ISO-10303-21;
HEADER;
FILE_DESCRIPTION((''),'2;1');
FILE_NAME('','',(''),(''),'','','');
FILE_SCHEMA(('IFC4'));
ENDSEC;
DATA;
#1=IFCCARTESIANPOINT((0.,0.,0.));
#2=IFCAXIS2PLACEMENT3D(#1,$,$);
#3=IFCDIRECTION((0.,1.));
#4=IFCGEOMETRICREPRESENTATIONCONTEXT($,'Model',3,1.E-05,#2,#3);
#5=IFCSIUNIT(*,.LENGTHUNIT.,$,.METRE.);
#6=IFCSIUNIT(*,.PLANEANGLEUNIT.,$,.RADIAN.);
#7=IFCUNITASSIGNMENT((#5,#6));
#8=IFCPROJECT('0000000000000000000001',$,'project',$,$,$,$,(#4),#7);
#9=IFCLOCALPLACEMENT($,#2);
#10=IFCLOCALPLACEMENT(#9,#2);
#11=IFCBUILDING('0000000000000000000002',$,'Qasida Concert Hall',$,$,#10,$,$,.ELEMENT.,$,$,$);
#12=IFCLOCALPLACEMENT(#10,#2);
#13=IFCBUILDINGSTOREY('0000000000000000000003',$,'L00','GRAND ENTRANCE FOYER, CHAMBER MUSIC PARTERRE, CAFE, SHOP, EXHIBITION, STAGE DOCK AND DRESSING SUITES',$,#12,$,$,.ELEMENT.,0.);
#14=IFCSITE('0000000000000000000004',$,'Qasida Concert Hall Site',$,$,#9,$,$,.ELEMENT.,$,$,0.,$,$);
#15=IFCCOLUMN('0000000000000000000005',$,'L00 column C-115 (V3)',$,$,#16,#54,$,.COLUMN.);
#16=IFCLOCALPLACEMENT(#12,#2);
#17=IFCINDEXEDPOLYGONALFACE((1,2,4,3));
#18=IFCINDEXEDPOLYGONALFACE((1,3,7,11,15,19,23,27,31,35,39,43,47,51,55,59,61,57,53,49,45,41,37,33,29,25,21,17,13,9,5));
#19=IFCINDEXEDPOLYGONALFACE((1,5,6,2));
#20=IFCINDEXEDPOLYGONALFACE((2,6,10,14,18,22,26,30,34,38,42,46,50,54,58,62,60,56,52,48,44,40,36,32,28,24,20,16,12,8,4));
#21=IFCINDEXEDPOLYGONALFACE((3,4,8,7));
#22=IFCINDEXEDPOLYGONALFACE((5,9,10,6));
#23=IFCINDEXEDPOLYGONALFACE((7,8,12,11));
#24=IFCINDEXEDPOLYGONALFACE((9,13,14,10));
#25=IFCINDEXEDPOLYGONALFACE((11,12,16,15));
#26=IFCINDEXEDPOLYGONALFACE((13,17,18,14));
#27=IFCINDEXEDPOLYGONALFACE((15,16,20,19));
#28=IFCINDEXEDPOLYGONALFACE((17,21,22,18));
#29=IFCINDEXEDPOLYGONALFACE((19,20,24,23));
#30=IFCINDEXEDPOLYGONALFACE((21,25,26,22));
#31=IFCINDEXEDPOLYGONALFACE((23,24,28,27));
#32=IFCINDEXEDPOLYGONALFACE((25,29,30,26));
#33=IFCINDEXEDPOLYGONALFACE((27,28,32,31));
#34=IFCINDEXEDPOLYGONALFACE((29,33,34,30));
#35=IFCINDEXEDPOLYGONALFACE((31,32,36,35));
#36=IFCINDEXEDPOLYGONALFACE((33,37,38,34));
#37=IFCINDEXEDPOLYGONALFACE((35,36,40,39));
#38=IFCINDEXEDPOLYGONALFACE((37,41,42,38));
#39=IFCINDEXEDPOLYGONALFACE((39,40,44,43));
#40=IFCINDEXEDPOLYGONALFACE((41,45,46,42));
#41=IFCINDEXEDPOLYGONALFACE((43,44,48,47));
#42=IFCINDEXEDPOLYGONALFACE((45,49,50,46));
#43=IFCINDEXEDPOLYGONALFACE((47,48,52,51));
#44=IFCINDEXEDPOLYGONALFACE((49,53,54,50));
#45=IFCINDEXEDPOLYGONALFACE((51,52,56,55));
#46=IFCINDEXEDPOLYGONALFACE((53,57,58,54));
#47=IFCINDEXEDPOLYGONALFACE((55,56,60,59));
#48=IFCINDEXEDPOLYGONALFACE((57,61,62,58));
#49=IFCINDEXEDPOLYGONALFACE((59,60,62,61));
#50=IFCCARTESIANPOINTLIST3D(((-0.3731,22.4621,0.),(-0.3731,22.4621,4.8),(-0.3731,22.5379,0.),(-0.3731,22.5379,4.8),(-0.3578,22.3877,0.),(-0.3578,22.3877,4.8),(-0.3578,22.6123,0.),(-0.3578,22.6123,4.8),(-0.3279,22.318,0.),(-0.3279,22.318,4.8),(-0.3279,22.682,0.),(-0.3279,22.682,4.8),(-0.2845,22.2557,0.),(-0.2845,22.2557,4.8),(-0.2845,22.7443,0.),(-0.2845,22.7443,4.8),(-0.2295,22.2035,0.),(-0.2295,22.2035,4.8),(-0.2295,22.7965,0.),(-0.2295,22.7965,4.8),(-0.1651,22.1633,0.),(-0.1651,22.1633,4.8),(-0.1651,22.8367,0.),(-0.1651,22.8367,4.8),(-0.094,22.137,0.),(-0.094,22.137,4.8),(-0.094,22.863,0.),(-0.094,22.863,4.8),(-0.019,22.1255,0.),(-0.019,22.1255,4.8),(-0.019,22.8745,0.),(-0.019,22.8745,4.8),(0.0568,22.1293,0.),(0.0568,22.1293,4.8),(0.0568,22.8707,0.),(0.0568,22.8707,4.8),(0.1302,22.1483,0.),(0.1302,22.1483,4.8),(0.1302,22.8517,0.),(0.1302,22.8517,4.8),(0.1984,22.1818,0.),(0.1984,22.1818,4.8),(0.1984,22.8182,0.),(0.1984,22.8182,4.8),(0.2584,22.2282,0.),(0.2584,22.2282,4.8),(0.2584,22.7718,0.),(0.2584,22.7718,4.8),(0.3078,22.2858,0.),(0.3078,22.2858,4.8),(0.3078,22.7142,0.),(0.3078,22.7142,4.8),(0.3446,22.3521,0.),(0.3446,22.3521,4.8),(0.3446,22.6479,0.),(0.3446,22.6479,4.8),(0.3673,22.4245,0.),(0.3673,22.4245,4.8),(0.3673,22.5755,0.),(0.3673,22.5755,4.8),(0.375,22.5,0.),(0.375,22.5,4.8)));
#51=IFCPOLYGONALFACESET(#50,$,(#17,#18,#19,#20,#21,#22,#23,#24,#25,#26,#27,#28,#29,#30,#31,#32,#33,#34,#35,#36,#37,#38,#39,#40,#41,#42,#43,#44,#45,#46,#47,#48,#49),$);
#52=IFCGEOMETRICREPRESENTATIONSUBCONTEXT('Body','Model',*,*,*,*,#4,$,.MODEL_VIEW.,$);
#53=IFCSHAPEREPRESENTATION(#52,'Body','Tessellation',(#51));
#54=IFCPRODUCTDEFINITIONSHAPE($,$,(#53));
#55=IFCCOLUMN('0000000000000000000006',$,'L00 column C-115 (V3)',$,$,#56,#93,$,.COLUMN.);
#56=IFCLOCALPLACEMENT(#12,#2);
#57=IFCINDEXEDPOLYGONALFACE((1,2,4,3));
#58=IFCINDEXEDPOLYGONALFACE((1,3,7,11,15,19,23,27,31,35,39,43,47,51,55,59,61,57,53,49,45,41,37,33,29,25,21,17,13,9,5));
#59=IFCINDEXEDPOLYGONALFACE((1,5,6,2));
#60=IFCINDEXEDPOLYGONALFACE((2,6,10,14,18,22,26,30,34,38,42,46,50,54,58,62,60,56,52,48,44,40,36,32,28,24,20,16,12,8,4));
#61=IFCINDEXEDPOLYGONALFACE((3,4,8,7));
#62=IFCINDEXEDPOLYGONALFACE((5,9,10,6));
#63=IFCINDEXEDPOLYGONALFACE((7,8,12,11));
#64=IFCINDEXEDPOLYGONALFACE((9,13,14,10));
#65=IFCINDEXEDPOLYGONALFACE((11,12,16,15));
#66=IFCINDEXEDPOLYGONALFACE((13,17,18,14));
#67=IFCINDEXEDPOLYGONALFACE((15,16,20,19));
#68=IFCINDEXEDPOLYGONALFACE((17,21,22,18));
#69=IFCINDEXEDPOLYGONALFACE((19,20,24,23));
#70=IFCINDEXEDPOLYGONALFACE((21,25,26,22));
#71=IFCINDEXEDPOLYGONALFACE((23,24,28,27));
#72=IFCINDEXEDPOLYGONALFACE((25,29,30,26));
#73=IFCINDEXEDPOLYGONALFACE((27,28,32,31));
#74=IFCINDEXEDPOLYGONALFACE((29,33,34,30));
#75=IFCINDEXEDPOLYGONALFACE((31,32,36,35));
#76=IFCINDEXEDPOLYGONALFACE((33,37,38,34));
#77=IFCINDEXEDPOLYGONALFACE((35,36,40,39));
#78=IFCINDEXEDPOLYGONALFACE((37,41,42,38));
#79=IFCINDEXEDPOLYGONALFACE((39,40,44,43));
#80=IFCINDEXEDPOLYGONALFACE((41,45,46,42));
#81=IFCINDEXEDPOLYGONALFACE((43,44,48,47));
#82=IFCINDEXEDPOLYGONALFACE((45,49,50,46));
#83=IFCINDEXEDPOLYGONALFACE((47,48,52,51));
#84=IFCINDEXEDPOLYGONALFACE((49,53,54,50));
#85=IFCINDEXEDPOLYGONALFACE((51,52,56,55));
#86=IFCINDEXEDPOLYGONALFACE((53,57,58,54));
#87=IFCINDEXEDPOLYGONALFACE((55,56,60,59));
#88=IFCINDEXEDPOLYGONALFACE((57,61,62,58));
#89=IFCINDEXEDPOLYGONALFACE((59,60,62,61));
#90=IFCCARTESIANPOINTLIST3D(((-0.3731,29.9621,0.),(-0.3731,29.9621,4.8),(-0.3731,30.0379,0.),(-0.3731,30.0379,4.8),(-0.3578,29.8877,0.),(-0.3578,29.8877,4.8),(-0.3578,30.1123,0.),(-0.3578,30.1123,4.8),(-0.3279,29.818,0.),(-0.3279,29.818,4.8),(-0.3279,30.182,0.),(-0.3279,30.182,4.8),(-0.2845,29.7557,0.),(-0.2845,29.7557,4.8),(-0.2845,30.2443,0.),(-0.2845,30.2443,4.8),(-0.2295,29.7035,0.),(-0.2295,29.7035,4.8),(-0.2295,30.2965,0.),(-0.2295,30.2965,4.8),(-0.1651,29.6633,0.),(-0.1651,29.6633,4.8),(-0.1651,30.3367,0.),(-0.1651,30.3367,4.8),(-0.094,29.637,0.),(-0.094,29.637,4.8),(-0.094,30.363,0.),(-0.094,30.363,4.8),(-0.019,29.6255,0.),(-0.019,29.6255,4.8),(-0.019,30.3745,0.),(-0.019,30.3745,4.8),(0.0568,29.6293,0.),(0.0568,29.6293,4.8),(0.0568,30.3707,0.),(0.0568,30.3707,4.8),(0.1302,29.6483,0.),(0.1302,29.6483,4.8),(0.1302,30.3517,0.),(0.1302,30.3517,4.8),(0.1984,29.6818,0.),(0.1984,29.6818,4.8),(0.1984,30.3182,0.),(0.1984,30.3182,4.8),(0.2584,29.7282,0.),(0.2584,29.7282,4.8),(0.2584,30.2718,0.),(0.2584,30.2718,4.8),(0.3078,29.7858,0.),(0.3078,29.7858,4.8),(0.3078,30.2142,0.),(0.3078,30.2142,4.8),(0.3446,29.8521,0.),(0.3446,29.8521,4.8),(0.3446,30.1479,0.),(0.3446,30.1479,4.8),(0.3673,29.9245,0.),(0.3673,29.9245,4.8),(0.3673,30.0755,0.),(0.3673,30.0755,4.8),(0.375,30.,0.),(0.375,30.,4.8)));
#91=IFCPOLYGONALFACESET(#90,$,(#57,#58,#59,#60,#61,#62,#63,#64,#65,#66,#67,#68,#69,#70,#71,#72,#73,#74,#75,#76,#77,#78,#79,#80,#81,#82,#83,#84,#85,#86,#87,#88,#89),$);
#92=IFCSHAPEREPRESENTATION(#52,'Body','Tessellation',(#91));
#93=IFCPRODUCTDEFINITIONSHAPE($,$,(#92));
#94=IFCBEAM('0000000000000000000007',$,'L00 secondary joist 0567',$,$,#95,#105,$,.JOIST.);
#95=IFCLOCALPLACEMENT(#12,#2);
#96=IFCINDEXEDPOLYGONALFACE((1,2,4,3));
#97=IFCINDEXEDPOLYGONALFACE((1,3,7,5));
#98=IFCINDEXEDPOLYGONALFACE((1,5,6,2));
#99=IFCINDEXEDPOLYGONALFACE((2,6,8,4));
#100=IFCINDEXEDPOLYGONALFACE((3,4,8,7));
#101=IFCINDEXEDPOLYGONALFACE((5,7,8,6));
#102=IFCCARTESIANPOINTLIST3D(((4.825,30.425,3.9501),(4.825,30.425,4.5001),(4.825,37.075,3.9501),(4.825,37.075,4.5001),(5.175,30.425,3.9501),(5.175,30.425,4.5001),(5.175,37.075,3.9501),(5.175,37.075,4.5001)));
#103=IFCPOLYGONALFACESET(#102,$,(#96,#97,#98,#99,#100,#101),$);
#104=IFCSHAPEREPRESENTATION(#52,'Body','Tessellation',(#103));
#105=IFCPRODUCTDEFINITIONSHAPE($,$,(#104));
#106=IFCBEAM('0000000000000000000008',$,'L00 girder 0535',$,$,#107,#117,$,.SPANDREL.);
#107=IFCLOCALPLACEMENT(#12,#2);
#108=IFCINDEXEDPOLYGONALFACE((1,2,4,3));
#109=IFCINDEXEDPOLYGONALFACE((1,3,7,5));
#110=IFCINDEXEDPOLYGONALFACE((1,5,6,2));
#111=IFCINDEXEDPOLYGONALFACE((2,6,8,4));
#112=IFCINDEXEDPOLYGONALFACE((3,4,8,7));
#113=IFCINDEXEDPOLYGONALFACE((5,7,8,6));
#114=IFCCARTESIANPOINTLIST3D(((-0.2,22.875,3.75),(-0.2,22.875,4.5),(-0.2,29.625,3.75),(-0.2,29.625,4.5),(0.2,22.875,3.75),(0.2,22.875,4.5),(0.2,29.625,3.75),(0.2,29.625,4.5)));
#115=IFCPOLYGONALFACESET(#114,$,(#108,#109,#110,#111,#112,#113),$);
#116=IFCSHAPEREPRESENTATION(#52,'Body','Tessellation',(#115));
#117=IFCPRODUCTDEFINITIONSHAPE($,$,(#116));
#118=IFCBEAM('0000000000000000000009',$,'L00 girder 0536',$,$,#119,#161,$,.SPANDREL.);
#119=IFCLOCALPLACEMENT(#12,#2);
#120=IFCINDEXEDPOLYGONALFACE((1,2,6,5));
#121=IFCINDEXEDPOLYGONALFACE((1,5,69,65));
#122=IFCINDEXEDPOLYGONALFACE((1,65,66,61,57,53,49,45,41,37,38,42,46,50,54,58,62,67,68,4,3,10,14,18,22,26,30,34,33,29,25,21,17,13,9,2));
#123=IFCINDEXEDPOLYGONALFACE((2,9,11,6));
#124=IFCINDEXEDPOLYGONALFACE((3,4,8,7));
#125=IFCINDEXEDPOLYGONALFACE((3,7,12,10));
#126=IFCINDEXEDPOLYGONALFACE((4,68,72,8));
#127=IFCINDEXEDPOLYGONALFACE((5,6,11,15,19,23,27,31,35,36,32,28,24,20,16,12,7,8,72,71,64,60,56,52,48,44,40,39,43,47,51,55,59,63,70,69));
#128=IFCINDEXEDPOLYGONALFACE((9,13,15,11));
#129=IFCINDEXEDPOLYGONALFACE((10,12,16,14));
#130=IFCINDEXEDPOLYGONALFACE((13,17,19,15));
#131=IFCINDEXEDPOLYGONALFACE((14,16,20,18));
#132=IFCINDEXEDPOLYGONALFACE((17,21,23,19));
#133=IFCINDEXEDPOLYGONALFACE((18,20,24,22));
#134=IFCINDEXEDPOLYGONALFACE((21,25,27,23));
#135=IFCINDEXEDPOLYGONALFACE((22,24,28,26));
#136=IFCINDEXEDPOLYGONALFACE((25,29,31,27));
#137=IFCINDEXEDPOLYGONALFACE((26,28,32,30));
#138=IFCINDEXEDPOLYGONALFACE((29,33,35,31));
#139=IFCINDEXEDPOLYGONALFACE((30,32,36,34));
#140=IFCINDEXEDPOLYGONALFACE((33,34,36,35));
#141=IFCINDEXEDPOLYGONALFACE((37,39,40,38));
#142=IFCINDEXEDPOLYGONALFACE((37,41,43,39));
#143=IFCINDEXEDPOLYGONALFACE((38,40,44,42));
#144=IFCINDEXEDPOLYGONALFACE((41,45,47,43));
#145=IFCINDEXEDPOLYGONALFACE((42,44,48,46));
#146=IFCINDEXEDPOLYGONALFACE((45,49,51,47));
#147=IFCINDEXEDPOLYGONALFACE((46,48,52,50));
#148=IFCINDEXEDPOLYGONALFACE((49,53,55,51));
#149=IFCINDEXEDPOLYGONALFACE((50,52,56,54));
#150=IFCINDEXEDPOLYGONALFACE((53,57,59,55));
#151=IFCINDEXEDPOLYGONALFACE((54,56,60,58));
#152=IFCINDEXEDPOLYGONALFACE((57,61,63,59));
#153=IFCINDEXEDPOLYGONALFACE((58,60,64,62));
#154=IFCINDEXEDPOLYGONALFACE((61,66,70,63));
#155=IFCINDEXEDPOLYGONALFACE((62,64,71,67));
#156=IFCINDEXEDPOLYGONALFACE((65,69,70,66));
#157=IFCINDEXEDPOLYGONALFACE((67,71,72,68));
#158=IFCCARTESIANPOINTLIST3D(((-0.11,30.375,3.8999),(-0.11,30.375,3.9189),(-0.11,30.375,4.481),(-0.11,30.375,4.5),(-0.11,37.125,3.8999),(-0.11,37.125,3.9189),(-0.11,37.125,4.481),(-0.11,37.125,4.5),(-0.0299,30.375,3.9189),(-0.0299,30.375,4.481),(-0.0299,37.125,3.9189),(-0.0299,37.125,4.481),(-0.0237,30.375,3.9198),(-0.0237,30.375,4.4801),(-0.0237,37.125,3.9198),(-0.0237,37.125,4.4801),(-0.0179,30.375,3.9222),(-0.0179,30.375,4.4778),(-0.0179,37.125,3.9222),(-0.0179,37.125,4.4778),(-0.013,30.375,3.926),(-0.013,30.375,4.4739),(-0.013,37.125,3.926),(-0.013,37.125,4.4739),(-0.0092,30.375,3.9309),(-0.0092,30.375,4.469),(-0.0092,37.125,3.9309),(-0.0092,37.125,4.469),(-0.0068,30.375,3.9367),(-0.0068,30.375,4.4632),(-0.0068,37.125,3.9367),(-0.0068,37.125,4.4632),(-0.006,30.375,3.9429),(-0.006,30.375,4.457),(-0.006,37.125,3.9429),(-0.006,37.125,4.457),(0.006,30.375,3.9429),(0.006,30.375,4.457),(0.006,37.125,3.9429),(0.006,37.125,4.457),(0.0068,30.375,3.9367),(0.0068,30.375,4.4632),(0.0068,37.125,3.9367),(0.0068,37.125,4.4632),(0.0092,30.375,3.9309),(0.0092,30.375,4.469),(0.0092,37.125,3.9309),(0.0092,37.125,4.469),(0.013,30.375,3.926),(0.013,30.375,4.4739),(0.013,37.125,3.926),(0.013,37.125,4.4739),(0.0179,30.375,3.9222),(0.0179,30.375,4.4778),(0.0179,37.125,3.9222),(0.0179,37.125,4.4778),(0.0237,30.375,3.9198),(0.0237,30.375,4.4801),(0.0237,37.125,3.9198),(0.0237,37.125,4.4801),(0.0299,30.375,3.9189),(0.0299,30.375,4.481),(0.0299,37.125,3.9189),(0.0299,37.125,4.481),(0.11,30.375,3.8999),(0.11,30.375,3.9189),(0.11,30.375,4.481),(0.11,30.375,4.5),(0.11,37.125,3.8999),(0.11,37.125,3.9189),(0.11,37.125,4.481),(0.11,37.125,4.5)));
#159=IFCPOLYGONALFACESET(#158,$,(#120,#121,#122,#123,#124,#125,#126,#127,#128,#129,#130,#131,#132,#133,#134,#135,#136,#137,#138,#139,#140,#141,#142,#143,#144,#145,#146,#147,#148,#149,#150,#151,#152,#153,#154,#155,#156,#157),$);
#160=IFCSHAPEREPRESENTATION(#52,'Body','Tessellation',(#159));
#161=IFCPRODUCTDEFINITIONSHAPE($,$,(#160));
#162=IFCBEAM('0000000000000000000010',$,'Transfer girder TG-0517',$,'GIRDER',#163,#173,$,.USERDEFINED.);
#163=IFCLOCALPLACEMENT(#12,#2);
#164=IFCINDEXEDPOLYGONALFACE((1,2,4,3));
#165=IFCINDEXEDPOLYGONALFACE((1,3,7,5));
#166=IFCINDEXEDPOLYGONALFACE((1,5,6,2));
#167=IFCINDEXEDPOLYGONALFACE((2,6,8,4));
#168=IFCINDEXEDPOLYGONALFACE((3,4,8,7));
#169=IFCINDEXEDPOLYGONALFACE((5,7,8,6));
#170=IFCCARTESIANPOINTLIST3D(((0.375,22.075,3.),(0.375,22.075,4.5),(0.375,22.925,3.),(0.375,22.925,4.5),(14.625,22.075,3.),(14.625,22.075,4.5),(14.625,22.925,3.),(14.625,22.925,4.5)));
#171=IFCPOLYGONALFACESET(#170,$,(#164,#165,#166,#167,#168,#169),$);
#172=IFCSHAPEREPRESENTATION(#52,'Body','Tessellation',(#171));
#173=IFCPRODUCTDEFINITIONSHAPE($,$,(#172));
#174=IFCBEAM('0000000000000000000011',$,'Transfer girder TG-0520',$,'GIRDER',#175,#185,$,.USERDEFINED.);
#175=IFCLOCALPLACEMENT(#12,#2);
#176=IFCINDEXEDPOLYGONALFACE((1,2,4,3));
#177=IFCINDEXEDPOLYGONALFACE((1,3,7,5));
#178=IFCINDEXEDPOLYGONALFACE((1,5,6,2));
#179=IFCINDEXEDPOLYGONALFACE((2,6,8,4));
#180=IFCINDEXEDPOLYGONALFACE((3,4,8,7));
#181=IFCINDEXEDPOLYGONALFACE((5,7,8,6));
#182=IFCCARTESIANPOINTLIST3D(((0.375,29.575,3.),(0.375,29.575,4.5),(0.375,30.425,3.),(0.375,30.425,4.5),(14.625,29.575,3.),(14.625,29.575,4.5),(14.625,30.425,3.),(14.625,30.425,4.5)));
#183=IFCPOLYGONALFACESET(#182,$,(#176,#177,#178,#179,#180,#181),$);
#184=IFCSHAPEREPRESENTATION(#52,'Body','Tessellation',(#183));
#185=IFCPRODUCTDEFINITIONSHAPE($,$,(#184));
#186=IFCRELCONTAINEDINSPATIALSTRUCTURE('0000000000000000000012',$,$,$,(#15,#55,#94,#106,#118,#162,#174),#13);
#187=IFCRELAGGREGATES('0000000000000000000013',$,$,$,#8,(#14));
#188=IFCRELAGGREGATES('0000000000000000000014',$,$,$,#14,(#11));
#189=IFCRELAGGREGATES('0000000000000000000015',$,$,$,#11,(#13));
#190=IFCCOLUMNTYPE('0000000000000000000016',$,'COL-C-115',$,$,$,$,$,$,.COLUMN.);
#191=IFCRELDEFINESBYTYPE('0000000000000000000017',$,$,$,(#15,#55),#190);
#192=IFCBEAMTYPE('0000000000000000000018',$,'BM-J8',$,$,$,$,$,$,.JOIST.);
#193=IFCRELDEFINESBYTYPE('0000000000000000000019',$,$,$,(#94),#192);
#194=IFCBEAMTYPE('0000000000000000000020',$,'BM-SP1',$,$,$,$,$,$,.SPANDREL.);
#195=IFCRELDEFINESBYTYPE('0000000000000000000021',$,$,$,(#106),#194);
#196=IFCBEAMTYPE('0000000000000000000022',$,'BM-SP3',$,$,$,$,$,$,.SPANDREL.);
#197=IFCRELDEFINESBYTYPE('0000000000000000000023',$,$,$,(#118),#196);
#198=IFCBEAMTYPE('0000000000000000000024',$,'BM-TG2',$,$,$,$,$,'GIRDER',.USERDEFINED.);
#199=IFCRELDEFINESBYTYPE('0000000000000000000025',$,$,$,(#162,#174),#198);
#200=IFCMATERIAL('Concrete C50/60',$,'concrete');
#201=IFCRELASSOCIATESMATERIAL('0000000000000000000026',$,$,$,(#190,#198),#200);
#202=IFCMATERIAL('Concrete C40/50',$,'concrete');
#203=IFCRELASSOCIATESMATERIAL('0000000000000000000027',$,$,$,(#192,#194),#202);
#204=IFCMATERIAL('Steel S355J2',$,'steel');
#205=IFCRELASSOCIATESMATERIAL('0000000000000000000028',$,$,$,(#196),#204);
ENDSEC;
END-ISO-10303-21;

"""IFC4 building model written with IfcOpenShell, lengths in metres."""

from ifc_helpers import new_model, si_unit, direction, frame, origin, origin_2d, place, context, subcontext, project, spatial, rectangle, circle, i_section, extrude, material, material_profile, profile_set, type_object, element, save


model = new_model("IFC4")

# Units and contexts
model_context = context("Model", 3, precision=1e-05, world=origin(), true_north=direction((0.0, 1.0)))
body_context = subcontext(model_context, "Body", "Model", "MODEL_VIEW")
ifc_project = project(units=[si_unit("LENGTHUNIT", "METRE"), si_unit("PLANEANGLEUNIT", "RADIAN")], contexts=[model_context])

# Site, building, storey
site_placement = place(None, origin())
site = spatial("IfcSite", under=ifc_project, at=site_placement, Name="Qasida Concert Hall Site", CompositionType="ELEMENT", RefElevation=0.0)
building_placement = place(site_placement, origin())
building = spatial("IfcBuilding", under=site, at=building_placement, Name="Qasida Concert Hall", CompositionType="ELEMENT")
storey_placement = place(building_placement, origin())
storey = spatial("IfcBuildingStorey", under=building, at=storey_placement, Name="L00", Description="GRAND ENTRANCE FOYER, CHAMBER MUSIC PARTERRE, CAFE, SHOP, EXHIBITION, STAGE DOCK AND DRESSING SUITES", CompositionType="ELEMENT", Elevation=0.0)

# Columns
ifc_material_1 = material(Name="Concrete C50/60", Category="concrete")
ifc_material_profile_1 = material_profile(ifc_material_1, circle(Radius=0.375, at=origin_2d()), Name="RC COL D750")
ifc_profile_set_1 = profile_set([ifc_material_profile_1], Name="Concrete C50/60")
column_type = type_object("IfcColumnType", Name="COL-C-115", PredefinedType="COLUMN", material=ifc_profile_set_1)
for number, where, z_axis, x_axis, name in (
    (1, (0.0, 22.5, 0.0), (0.0, 0.0, 1.0), (1.0, 0.0, 0.0), "L00 column C-115 (V3)"),
    (2, (0.0, 30.0, 0.0), (0.0, 0.0, 1.0), (1.0, 0.0, 0.0), "L00 column C-115 (V3)"),
):
    element("IfcColumn", number, at=place(storey_placement, frame(where, z_axis=z_axis, x_axis=x_axis)), inside=storey, type_object=column_type, Name=name, PredefinedType="COLUMN", context=body_context, shape_type="SweptSolid", body=[
        extrude(circle(Radius=0.375, at=origin_2d()), origin(), (0.0, 0.0, 1.0), 4.8),
    ])

# Beams
ifc_material_2 = material(Name="Concrete C40/50", Category="concrete")
ifc_material_profile_2 = material_profile(ifc_material_2, rectangle(XDim=0.3501, YDim=0.55, at=origin_2d()), Name="RC 350x550")
ifc_profile_set_2 = profile_set([ifc_material_profile_2], Name="Concrete C40/50")
beam_type_1 = type_object("IfcBeamType", Name="BM-J8", PredefinedType="JOIST", material=ifc_profile_set_2)
beam_1_placement = place(storey_placement, frame((5.0, 30.425, 4.2251), z_axis=(0.0, 1.0, 0.0), x_axis=(-1.0, 0.0, 0.0)))
element("IfcBeam", 3, at=beam_1_placement, inside=storey, type_object=beam_type_1, Name="L00 secondary joist 0567", PredefinedType="JOIST", context=body_context, shape_type="SweptSolid", body=[
    extrude(rectangle(XDim=0.3501, YDim=0.55, at=origin_2d()), origin(), (0.0, 0.0, 1.0), 6.6499),
])
ifc_material_profile_3 = material_profile(ifc_material_2, rectangle(XDim=0.3999, YDim=0.75, at=origin_2d()), Name="RC 400x750")
ifc_profile_set_3 = profile_set([ifc_material_profile_3], Name="Concrete C40/50")
beam_type_2 = type_object("IfcBeamType", Name="BM-SP1", PredefinedType="SPANDREL", material=ifc_profile_set_3)
beam_2_placement = place(storey_placement, frame((0.0, 22.875, 4.125), z_axis=(0.0, 1.0, 0.0), x_axis=(-1.0, 0.0, 0.0)))
element("IfcBeam", 4, at=beam_2_placement, inside=storey, type_object=beam_type_2, Name="L00 girder 0535", PredefinedType="SPANDREL", context=body_context, shape_type="SweptSolid", body=[
    extrude(rectangle(XDim=0.3999, YDim=0.75, at=origin_2d()), origin(), (0.0, 0.0, 1.0), 6.75),
])
ifc_material_3 = material(Name="Steel S355J2", Category="steel")
ifc_material_profile_4 = material_profile(ifc_material_3, i_section(OverallWidth=0.22, OverallDepth=0.6001, WebThickness=0.012, FlangeThickness=0.019, FilletRadius=0.0239, at=origin_2d()), Name="IPE 600")
ifc_profile_set_4 = profile_set([ifc_material_profile_4], Name="Steel S355J2")
beam_type_3 = type_object("IfcBeamType", Name="BM-SP3", PredefinedType="SPANDREL", material=ifc_profile_set_4)
beam_3_placement = place(storey_placement, frame((0.0, 30.375, 4.2), z_axis=(0.0, 1.0, 0.0), x_axis=(-1.0, 0.0, 0.0)))
element("IfcBeam", 5, at=beam_3_placement, inside=storey, type_object=beam_type_3, Name="L00 girder 0536", PredefinedType="SPANDREL", context=body_context, shape_type="SweptSolid", body=[
    extrude(i_section(OverallWidth=0.22, OverallDepth=0.6001, WebThickness=0.012, FlangeThickness=0.019, FilletRadius=0.0239, at=origin_2d()), origin(), (0.0, 0.0, 1.0), 6.75),
])
ifc_material_profile_5 = material_profile(ifc_material_1, rectangle(XDim=0.8501, YDim=1.5, at=origin_2d()), Name="RC 850x1500")
ifc_profile_set_5 = profile_set([ifc_material_profile_5], Name="Concrete C50/60")
beam_type_4 = type_object("IfcBeamType", Name="BM-TG2", ElementType="GIRDER", PredefinedType="USERDEFINED", material=ifc_profile_set_5)
for number, where, z_axis, x_axis, name in (
    (6, (0.375, 22.5, 3.75), (1.0, 0.0, 0.0), (0.0, 1.0, 0.0), "Transfer girder TG-0517"),
    (7, (0.375, 30.0, 3.75), (1.0, 0.0, 0.0), (0.0, 1.0, 0.0), "Transfer girder TG-0520"),
):
    element("IfcBeam", number, at=place(storey_placement, frame(where, z_axis=z_axis, x_axis=x_axis)), inside=storey, type_object=beam_type_4, Name=name, ObjectType="GIRDER", PredefinedType="USERDEFINED", context=body_context, shape_type="SweptSolid", body=[
        extrude(rectangle(XDim=0.8501, YDim=1.5, at=origin_2d()), origin(), (0.0, 0.0, 1.0), 14.25),
    ])

save(model, "model.ifc")
